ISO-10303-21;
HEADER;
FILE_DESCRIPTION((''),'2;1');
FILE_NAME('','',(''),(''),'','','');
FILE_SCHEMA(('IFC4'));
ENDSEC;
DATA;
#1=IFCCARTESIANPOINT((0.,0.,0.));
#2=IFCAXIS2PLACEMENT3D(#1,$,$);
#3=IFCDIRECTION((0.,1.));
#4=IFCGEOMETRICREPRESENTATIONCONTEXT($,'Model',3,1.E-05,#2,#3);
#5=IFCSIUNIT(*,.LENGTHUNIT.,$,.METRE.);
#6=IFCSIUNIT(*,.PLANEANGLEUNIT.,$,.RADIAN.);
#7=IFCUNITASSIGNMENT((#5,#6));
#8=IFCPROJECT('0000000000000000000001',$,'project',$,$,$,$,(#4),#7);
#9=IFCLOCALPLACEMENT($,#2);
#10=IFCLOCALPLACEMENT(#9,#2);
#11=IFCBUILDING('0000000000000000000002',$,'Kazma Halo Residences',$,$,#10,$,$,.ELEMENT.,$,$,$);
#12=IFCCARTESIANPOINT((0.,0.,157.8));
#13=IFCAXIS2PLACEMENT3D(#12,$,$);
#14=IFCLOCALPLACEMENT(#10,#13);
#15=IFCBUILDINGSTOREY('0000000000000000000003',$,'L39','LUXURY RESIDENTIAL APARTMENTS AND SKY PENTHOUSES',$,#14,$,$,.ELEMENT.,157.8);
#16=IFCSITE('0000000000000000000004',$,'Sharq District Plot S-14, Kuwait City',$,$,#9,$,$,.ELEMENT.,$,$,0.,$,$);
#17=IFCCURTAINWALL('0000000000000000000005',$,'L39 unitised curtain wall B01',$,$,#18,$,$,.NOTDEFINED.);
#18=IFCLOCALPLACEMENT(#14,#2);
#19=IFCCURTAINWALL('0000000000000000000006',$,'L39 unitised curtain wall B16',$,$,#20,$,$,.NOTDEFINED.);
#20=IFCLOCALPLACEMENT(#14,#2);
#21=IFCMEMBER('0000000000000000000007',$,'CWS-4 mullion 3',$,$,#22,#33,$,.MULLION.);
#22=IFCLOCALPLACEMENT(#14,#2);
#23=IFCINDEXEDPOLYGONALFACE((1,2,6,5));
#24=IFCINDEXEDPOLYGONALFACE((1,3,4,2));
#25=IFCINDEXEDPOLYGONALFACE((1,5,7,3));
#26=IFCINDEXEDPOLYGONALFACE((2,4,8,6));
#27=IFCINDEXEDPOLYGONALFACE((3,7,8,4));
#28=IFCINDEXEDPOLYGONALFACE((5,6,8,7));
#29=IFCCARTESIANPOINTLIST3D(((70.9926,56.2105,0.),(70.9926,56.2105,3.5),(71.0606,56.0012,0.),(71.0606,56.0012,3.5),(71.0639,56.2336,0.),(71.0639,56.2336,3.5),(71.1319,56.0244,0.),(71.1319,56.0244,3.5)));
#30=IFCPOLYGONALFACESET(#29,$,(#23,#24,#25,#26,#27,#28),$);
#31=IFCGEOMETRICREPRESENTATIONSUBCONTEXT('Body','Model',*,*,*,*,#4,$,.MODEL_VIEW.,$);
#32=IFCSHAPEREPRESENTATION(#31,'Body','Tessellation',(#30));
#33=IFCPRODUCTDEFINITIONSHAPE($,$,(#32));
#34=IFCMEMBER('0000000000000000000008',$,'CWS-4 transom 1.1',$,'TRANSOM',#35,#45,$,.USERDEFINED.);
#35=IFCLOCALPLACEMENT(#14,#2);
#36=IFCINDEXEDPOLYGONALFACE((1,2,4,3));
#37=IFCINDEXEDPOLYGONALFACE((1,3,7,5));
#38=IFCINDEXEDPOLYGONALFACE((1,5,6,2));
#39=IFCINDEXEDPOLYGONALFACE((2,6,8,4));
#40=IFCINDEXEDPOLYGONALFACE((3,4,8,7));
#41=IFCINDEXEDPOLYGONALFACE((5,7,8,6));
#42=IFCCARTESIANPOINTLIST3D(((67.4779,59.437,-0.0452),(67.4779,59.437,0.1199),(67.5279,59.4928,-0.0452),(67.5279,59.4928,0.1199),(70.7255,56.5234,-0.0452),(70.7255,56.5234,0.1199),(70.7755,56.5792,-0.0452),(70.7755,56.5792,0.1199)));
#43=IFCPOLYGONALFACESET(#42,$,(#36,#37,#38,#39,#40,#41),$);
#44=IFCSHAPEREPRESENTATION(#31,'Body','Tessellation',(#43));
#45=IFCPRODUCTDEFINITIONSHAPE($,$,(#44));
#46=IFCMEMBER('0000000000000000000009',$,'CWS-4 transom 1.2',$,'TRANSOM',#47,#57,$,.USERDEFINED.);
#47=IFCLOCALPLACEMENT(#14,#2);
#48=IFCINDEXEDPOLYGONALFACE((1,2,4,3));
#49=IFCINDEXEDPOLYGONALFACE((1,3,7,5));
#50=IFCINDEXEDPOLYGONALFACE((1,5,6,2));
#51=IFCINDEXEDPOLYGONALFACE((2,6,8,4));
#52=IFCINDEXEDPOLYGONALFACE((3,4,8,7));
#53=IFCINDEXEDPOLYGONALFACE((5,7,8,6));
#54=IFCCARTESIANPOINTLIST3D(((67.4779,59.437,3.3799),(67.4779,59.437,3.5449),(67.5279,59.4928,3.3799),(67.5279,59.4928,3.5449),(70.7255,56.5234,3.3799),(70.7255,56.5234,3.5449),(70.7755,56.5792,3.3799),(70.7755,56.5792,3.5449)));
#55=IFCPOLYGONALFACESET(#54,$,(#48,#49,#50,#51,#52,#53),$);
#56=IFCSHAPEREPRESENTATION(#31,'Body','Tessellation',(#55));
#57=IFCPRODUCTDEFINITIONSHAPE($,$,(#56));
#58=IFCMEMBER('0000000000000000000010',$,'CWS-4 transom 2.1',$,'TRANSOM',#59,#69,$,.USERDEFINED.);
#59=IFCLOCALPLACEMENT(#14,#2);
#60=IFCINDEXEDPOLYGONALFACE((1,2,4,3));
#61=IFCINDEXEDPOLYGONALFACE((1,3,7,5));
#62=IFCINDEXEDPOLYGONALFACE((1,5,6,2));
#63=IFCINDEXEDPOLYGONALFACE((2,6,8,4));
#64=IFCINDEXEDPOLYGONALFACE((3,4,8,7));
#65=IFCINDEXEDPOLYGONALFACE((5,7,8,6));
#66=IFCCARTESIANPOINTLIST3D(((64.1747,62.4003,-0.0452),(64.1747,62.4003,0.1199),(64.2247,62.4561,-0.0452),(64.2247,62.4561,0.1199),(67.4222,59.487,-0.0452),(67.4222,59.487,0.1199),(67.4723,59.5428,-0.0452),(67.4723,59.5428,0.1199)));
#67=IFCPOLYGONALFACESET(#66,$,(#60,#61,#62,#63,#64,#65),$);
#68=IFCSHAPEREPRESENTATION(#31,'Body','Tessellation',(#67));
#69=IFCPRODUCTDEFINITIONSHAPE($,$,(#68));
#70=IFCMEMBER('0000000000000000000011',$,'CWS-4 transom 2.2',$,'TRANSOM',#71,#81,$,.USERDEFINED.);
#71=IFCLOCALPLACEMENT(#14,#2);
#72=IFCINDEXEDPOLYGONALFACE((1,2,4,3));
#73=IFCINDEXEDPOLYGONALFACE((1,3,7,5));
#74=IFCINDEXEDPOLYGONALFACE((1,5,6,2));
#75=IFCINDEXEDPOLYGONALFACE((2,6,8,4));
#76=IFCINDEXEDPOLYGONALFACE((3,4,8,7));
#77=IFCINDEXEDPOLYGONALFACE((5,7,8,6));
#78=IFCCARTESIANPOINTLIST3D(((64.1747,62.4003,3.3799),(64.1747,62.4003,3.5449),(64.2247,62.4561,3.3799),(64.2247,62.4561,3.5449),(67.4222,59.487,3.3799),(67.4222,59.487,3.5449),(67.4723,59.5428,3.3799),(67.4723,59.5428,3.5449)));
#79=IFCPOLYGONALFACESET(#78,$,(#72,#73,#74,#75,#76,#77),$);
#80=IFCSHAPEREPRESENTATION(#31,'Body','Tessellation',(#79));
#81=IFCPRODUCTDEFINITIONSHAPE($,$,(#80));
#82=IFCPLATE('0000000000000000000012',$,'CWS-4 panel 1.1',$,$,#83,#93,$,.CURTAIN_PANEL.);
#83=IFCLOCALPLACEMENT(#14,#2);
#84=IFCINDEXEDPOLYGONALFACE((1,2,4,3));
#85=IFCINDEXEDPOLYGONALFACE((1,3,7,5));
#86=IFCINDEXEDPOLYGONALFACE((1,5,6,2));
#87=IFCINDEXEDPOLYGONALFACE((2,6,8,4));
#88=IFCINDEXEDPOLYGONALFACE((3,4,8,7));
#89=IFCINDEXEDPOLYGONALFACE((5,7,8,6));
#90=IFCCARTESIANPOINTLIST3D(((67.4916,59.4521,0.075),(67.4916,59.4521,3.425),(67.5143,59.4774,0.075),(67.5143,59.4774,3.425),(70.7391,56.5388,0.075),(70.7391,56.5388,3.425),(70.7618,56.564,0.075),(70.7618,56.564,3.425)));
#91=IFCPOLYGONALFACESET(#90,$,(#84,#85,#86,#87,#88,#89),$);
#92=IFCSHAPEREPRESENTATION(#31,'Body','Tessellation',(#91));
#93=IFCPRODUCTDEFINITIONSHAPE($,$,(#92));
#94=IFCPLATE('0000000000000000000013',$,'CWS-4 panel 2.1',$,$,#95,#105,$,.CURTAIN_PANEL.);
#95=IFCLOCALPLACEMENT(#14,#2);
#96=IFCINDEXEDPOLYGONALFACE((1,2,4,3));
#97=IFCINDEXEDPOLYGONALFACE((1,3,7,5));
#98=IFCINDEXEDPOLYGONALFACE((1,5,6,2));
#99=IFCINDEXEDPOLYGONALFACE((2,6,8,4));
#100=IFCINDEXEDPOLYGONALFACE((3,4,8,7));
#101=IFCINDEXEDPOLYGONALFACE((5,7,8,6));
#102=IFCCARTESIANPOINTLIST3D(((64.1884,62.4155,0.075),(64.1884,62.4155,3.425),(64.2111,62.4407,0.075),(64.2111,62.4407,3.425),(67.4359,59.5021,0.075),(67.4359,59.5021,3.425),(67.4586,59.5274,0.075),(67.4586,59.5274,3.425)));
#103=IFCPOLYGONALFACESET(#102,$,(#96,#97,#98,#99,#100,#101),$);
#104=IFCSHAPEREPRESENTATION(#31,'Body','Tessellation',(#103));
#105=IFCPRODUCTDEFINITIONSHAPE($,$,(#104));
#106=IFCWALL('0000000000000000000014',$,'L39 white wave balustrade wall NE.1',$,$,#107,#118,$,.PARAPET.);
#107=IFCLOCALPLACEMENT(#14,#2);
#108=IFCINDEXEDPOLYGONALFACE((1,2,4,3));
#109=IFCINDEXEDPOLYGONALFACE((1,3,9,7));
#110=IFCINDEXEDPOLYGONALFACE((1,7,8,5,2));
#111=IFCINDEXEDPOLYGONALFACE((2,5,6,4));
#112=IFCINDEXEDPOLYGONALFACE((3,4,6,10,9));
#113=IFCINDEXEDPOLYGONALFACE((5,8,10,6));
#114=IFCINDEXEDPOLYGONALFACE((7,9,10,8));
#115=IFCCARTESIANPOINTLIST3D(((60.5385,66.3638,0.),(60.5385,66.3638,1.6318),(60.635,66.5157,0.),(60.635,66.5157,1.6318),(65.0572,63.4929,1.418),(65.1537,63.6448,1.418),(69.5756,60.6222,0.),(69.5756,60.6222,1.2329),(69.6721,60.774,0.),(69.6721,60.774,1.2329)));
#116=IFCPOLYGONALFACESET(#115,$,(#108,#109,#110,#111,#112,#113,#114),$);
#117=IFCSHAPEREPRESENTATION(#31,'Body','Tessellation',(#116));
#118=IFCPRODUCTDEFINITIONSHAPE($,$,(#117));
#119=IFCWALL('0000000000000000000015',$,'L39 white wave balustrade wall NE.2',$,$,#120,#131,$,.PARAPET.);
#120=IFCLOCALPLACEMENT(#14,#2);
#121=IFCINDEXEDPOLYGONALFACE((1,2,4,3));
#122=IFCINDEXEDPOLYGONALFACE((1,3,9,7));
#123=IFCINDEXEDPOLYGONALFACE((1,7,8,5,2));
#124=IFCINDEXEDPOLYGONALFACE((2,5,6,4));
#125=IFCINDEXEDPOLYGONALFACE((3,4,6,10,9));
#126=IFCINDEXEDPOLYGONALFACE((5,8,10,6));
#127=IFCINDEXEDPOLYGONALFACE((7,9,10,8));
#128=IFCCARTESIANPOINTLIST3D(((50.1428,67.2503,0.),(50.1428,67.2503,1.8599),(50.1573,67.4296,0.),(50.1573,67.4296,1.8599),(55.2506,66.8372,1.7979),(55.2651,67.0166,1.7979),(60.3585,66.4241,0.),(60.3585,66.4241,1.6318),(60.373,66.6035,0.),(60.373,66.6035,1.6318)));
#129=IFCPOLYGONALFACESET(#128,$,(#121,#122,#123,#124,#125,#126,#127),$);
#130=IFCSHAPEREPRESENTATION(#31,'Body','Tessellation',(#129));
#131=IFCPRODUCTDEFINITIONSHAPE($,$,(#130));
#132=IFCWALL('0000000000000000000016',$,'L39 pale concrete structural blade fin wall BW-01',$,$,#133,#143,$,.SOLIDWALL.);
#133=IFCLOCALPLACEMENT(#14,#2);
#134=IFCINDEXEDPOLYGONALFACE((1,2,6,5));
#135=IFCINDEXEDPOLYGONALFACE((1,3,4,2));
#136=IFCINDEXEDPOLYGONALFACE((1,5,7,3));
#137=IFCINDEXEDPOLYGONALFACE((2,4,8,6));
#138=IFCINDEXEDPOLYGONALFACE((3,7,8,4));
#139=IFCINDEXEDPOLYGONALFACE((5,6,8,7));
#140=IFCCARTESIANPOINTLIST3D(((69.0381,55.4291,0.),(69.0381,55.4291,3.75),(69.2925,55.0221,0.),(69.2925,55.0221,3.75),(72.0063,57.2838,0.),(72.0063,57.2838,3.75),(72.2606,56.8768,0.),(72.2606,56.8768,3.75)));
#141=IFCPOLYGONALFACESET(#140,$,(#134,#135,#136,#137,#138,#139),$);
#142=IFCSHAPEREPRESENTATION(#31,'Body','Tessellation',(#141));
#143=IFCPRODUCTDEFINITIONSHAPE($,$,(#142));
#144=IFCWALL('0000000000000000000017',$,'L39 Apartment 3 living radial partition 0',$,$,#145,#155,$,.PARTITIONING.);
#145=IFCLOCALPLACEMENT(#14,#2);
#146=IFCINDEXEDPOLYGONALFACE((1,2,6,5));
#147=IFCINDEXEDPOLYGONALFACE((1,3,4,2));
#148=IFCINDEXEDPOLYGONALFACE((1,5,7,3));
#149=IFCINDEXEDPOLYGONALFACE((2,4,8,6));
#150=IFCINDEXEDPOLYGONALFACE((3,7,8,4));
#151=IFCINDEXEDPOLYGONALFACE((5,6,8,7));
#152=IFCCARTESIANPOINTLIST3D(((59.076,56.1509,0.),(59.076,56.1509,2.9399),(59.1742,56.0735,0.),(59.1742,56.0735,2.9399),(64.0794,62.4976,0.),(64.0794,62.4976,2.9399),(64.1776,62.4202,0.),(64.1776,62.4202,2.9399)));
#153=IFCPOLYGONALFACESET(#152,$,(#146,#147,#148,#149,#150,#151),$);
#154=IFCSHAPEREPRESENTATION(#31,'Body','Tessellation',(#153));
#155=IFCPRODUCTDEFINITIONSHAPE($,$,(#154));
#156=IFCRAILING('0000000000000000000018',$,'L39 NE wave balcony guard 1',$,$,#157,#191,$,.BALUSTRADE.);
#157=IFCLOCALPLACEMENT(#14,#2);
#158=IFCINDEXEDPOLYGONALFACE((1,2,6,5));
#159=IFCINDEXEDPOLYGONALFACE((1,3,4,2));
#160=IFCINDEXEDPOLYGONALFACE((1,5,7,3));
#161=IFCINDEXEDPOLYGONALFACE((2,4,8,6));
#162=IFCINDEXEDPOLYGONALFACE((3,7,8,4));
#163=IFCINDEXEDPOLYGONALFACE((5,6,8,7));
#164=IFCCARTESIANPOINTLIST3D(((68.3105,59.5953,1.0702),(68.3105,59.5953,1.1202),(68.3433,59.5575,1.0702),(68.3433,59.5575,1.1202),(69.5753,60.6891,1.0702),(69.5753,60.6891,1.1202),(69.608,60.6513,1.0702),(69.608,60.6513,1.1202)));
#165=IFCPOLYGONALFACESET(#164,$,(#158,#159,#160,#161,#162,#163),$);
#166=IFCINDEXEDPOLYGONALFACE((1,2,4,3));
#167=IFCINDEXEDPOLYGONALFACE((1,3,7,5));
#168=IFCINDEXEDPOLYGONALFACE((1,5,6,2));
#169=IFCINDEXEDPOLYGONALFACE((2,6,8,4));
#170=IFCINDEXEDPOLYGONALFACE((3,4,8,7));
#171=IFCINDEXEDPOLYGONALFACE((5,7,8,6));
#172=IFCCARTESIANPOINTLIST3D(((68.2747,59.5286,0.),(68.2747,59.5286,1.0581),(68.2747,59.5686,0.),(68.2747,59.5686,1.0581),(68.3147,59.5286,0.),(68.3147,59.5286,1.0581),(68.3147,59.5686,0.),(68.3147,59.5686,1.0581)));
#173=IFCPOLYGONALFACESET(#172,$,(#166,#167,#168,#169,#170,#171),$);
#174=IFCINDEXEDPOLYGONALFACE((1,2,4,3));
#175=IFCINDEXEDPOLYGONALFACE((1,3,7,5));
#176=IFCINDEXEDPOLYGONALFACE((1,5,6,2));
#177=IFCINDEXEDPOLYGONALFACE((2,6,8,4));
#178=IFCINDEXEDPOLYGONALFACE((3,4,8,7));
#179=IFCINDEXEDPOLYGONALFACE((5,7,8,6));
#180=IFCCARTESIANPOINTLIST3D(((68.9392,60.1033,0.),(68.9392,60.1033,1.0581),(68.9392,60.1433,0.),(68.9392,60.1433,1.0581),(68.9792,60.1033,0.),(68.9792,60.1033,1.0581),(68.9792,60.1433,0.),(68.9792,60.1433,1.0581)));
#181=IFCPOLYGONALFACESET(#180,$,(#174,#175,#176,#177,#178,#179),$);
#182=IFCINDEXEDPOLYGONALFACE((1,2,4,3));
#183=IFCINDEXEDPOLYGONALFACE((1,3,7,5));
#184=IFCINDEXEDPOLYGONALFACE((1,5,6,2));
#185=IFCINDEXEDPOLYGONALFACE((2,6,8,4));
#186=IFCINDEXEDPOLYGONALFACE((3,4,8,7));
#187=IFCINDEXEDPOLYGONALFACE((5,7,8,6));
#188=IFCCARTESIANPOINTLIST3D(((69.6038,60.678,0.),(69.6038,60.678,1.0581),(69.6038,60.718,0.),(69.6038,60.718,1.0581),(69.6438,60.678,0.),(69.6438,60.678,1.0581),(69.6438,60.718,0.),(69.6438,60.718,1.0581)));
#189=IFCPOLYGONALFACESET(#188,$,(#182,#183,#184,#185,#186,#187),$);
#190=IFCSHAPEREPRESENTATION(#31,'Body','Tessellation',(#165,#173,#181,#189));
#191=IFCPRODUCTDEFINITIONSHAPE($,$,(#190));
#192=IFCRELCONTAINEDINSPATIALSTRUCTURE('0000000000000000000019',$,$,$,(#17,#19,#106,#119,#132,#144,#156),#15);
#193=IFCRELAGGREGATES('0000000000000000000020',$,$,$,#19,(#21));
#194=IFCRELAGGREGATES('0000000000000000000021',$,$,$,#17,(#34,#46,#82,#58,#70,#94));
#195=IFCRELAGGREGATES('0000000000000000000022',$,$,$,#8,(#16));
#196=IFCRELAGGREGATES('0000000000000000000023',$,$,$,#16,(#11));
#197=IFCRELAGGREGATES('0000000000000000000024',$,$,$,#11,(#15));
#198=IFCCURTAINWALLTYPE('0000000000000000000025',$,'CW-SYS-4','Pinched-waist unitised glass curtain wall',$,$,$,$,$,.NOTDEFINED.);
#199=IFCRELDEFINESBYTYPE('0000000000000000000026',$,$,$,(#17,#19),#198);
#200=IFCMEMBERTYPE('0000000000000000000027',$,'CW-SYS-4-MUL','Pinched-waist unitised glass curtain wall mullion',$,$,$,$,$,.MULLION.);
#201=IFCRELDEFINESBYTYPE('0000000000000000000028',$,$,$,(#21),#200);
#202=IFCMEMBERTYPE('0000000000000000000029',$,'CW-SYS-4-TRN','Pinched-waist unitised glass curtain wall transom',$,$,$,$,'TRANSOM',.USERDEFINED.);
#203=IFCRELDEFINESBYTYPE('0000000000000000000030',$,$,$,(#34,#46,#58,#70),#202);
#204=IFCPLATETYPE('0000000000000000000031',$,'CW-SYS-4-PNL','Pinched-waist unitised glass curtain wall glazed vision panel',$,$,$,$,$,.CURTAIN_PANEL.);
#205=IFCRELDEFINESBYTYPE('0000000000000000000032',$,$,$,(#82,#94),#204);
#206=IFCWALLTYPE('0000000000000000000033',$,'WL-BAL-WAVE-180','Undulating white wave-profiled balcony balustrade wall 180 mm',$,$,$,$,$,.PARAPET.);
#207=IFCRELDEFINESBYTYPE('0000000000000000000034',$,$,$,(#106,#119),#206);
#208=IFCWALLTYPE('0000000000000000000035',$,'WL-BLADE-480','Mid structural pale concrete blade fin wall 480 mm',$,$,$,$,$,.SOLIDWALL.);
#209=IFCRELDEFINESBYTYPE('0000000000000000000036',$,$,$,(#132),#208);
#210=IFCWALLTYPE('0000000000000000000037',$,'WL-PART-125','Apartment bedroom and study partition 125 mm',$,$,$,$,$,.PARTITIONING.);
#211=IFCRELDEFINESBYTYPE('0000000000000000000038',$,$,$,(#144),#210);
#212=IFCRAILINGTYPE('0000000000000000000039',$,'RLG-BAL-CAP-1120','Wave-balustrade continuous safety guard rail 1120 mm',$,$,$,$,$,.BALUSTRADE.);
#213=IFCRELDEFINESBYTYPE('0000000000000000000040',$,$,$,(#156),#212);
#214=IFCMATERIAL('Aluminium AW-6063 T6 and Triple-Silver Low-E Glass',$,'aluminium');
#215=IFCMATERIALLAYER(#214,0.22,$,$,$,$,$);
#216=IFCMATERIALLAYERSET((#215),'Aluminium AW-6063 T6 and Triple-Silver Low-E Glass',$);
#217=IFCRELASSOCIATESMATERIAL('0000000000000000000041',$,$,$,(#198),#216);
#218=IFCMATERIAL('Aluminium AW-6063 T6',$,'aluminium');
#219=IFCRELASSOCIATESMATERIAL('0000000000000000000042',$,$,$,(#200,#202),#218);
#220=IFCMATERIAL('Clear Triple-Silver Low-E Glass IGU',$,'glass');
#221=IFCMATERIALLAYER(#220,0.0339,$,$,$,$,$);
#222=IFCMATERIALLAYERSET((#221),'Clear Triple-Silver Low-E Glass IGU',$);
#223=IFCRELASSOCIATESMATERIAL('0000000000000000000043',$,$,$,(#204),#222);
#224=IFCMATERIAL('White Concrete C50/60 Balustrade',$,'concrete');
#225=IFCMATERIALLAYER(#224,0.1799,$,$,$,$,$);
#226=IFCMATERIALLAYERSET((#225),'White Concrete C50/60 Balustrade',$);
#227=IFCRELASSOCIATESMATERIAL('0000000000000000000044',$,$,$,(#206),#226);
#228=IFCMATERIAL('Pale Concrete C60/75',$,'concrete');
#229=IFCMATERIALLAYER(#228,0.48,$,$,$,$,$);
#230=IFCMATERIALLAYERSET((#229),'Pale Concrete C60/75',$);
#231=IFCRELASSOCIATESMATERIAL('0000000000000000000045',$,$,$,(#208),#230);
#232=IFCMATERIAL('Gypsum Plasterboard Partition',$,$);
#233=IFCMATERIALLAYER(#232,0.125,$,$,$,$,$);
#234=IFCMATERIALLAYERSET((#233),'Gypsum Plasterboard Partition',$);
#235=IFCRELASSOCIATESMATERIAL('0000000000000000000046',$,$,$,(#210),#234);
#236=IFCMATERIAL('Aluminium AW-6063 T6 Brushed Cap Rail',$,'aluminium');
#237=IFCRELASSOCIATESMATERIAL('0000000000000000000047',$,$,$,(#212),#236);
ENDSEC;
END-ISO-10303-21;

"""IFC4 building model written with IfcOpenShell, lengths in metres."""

from ifc_helpers import new_model, si_unit, direction, frame, frame_2d, origin, origin_2d, place, context, subcontext, project, spatial, polyline, rectangle, outline, extrude, material, layer, layer_set, material_profile, profile_set, type_object, element, aggregate, save


model = new_model("IFC4")

# Units and contexts
model_context = context("Model", 3, precision=1e-05, world=origin(), true_north=direction((0.0, 1.0)))
body_context = subcontext(model_context, "Body", "Model", "MODEL_VIEW")
ifc_project = project(units=[si_unit("LENGTHUNIT", "METRE"), si_unit("PLANEANGLEUNIT", "RADIAN")], contexts=[model_context])

# Site, building, storey
site_placement = place(None, origin())
site = spatial("IfcSite", under=ifc_project, at=site_placement, Name="Sharq District Plot S-14, Kuwait City", CompositionType="ELEMENT", RefElevation=0.0)
building_placement = place(site_placement, origin())
building = spatial("IfcBuilding", under=site, at=building_placement, Name="Kazma Halo Residences", CompositionType="ELEMENT")
storey_placement = place(building_placement, frame((0.0, 0.0, 157.8)))
storey = spatial("IfcBuildingStorey", under=building, at=storey_placement, Name="L39", Description="LUXURY RESIDENTIAL APARTMENTS AND SKY PENTHOUSES", CompositionType="ELEMENT", Elevation=157.8)

# Curtain wall
ifc_material_1 = material(Name="Aluminium AW-6063 T6 and Triple-Silver Low-E Glass", Category="aluminium")
ifc_layer_1 = layer(ifc_material_1, 0.22)
ifc_layer_set_1 = layer_set([ifc_layer_1], Name="Aluminium AW-6063 T6 and Triple-Silver Low-E Glass")
curtain_wall_type = type_object("IfcCurtainWallType", Name="CW-SYS-4", Description="Pinched-waist unitised glass curtain wall", PredefinedType="NOTDEFINED", material=ifc_layer_set_1)
curtain_wall_1_placement = place(storey_placement, origin())
curtain_wall_1 = element("IfcCurtainWall", 1, at=curtain_wall_1_placement, inside=storey, type_object=curtain_wall_type, Name="L39 unitised curtain wall B01", PredefinedType="NOTDEFINED")
ifc_material_2 = material(Name="Aluminium AW-6063 T6", Category="aluminium")
ifc_material_profile_1 = material_profile(ifc_material_2, rectangle(XDim=0.075, YDim=0.22, at=origin_2d()), Name="CWM-75x220")
ifc_profile_set_1 = profile_set([ifc_material_profile_1], Name="Aluminium AW-6063 T6")
member_type_1 = type_object("IfcMemberType", Name="CW-SYS-4-MUL", Description="Pinched-waist unitised glass curtain wall mullion", PredefinedType="MULLION", material=ifc_profile_set_1)

# Curtain wall, member
curtain_wall_2_placement = place(storey_placement, origin())
curtain_wall_2 = element("IfcCurtainWall", 2, at=curtain_wall_2_placement, inside=storey, type_object=curtain_wall_type, Name="L39 unitised curtain wall B16", PredefinedType="NOTDEFINED")
member_1_placement = place(storey_placement, frame((71.0623, 56.1174, 0.0), z_axis=(0.0, 0.0, 1.0), x_axis=(-0.951058, -0.309014, 0.0)))
member_1 = element("IfcMember", 3, at=member_1_placement, type_object=member_type_1, Name="CWS-4 mullion 3", PredefinedType="MULLION", context=body_context, shape_type="SweptSolid", body=[
    extrude(rectangle(XDim=0.075, YDim=0.22, at=origin_2d()), origin(), (0.0, 0.0, 1.0), 3.5),
])
aggregate(curtain_wall_2, [member_1])

# Members
ifc_material_profile_2 = material_profile(ifc_material_2, rectangle(XDim=0.075, YDim=0.165, at=origin_2d()), Name="CWT-75x165")
ifc_profile_set_2 = profile_set([ifc_material_profile_2], Name="Aluminium AW-6063 T6")
member_type_2 = type_object("IfcMemberType", Name="CW-SYS-4-TRN", Description="Pinched-waist unitised glass curtain wall transom", ElementType="TRANSOM", PredefinedType="USERDEFINED", material=ifc_profile_set_2)
member_2_placement = place(storey_placement, frame((70.7505, 56.5513, 0.0374), z_axis=(-0.744345, 0.667795, 0.0), x_axis=(-0.667795, -0.744345, 0.0)))
member_2 = element("IfcMember", 4, at=member_2_placement, type_object=member_type_2, Name="CWS-4 transom 1.1", ObjectType="TRANSOM", PredefinedType="USERDEFINED", context=body_context, shape_type="SweptSolid", body=[
    extrude(rectangle(XDim=0.075, YDim=0.165, at=origin_2d()), origin(), (0.0, 0.0, 1.0), 4.363),
])
member_3_placement = place(storey_placement, frame((70.7505, 56.5513, 3.4624), z_axis=(-0.744345, 0.667795, 0.0), x_axis=(-0.667795, -0.744345, 0.0)))
member_3 = element("IfcMember", 5, at=member_3_placement, type_object=member_type_2, Name="CWS-4 transom 1.2", ObjectType="TRANSOM", PredefinedType="USERDEFINED", context=body_context, shape_type="SweptSolid", body=[
    extrude(rectangle(XDim=0.075, YDim=0.165, at=origin_2d()), origin(), (0.0, 0.0, 1.0), 4.363),
])
member_4_placement = place(storey_placement, frame((67.4473, 59.5149, 0.0374), z_axis=(-0.744373, 0.667764, 0.0), x_axis=(-0.667764, -0.744373, 0.0)))
member_4 = element("IfcMember", 6, at=member_4_placement, type_object=member_type_2, Name="CWS-4 transom 2.1", ObjectType="TRANSOM", PredefinedType="USERDEFINED", context=body_context, shape_type="SweptSolid", body=[
    extrude(rectangle(XDim=0.075, YDim=0.165, at=origin_2d()), origin(), (0.0, 0.0, 1.0), 4.3628),
])
member_5_placement = place(storey_placement, frame((67.4473, 59.5149, 3.4624), z_axis=(-0.744373, 0.667764, 0.0), x_axis=(-0.667764, -0.744373, 0.0)))
member_5 = element("IfcMember", 7, at=member_5_placement, type_object=member_type_2, Name="CWS-4 transom 2.2", ObjectType="TRANSOM", PredefinedType="USERDEFINED", context=body_context, shape_type="SweptSolid", body=[
    extrude(rectangle(XDim=0.075, YDim=0.165, at=origin_2d()), origin(), (0.0, 0.0, 1.0), 4.3628),
])

# Plates
ifc_material_3 = material(Name="Clear Triple-Silver Low-E Glass IGU", Category="glass")
ifc_layer_2 = layer(ifc_material_3, 0.0339)
ifc_layer_set_2 = layer_set([ifc_layer_2], Name="Clear Triple-Silver Low-E Glass IGU")
plate_type = type_object("IfcPlateType", Name="CW-SYS-4-PNL", Description="Pinched-waist unitised glass curtain wall glazed vision panel", PredefinedType="CURTAIN_PANEL", material=ifc_layer_set_2)
plate_1_placement = place(storey_placement, frame((69.1267, 58.0081, 0.075), z_axis=(0.0, 0.0, 1.0), x_axis=(-0.744368, 0.66777, 0.0)))
plate_1 = element("IfcPlate", 8, at=plate_1_placement, type_object=plate_type, Name="CWS-4 panel 1.1", PredefinedType="CURTAIN_PANEL", context=body_context, shape_type="SweptSolid", body=[
    extrude(rectangle(XDim=4.3628, YDim=0.0339, at=origin_2d()), origin(), (0.0, 0.0, 1.0), 3.3501),
])
plate_2_placement = place(storey_placement, frame((65.8235, 60.9714, 0.075), z_axis=(0.0, 0.0, 1.0), x_axis=(-0.744368, 0.66777, 0.0)))
plate_2 = element("IfcPlate", 9, at=plate_2_placement, type_object=plate_type, Name="CWS-4 panel 2.1", PredefinedType="CURTAIN_PANEL", context=body_context, shape_type="SweptSolid", body=[
    extrude(rectangle(XDim=4.3628, YDim=0.0339, at=origin_2d()), origin(), (0.0, 0.0, 1.0), 3.3501),
])
aggregate(curtain_wall_1, [member_2, member_3, plate_1, member_4, member_5, plate_2])

# Walls
ifc_material_4 = material(Name="White Concrete C50/60 Balustrade", Category="concrete")
ifc_layer_3 = layer(ifc_material_4, 0.1799)
ifc_layer_set_3 = layer_set([ifc_layer_3], Name="White Concrete C50/60 Balustrade")
wall_type_1 = type_object("IfcWallType", Name="WL-BAL-WAVE-180", Description="Undulating white wave-profiled balcony balustrade wall 180 mm", PredefinedType="PARAPET", material=ifc_layer_set_3)
wall_1_placement = place(storey_placement, frame((69.6238, 60.698, 0.0), z_axis=(0.0, 0.0, 1.0), x_axis=(-0.84405, 0.536265, 0.0)))
element("IfcWall", 10, at=wall_1_placement, inside=storey, type_object=wall_type_1, Name="L39 white wave balustrade wall NE.1", PredefinedType="PARAPET", context=body_context, shape_type="SweptSolid", body=[
    extrude(outline(polyline([(0.0, 0.0), (10.7068, 0.0), (10.7068, 1.6318), (5.3533, 1.418), (0.0, 1.2329), (0.0, 0.0)])), frame((0.0, 0.0898, 0.0), z_axis=(0.0, -1.0, 0.0), x_axis=(1.0, 0.0, 0.0)), (0.0, 0.0, 1.0), 0.1799),
])
wall_2_placement = place(storey_placement, frame((60.3657, 66.5137, 0.0), z_axis=(0.0, 0.0, 1.0), x_axis=(-0.996746, 0.080611, 0.0)))
element("IfcWall", 11, at=wall_2_placement, inside=storey, type_object=wall_type_1, Name="L39 white wave balustrade wall NE.2", PredefinedType="PARAPET", context=body_context, shape_type="SweptSolid", body=[
    extrude(outline(polyline([(0.0, 0.0), (10.249, 0.0), (10.249, 1.8599), (5.1245, 1.7979), (0.0, 1.6318), (0.0, 0.0)])), frame((0.0, 0.0898, 0.0), z_axis=(0.0, -1.0, 0.0), x_axis=(1.0, 0.0, 0.0)), (0.0, 0.0, 1.0), 0.1799),
])
ifc_material_5 = material(Name="Pale Concrete C60/75", Category="concrete")
ifc_layer_4 = layer(ifc_material_5, 0.48)
ifc_layer_set_4 = layer_set([ifc_layer_4], Name="Pale Concrete C60/75")
wall_type_2 = type_object("IfcWallType", Name="WL-BLADE-480", Description="Mid structural pale concrete blade fin wall 480 mm", PredefinedType="SOLIDWALL", material=ifc_layer_set_4)
wall_3_placement = place(storey_placement, frame((69.1653, 55.2256, 0.0), z_axis=(0.0, 0.0, 1.0), x_axis=(0.848053, 0.529911, 0.0)))
element("IfcWall", 12, at=wall_3_placement, inside=storey, type_object=wall_type_2, Name="L39 pale concrete structural blade fin wall BW-01", PredefinedType="SOLIDWALL", context=body_context, shape_type="SweptSolid", body=[
    extrude(rectangle(XDim=3.5, YDim=0.48, at=frame_2d((1.75, 0.0))), origin(), (0.0, 0.0, 1.0), 3.75),
])

# Wall
ifc_material_6 = material(Name="Gypsum Plasterboard Partition")
ifc_layer_5 = layer(ifc_material_6, 0.125)
ifc_layer_set_5 = layer_set([ifc_layer_5], Name="Gypsum Plasterboard Partition")
wall_type_3 = type_object("IfcWallType", Name="WL-PART-125", Description="Apartment bedroom and study partition 125 mm", PredefinedType="PARTITIONING", material=ifc_layer_set_5)
wall_4_placement = place(storey_placement, frame((59.125, 56.1121, 0.0), z_axis=(0.0, 0.0, 1.0), x_axis=(0.619102, 0.785311, 0.0)))
element("IfcWall", 13, at=wall_4_placement, inside=storey, type_object=wall_type_3, Name="L39 Apartment 3 living radial partition 0", PredefinedType="PARTITIONING", context=body_context, shape_type="SweptSolid", body=[
    extrude(rectangle(XDim=8.0818, YDim=0.125, at=frame_2d((4.041, 0.0))), origin(), (0.0, 0.0, 1.0), 2.9399),
])

# Railing
ifc_material_7 = material(Name="Aluminium AW-6063 T6 Brushed Cap Rail", Category="aluminium")
railing_type = type_object("IfcRailingType", Name="RLG-BAL-CAP-1120", Description="Wave-balustrade continuous safety guard rail 1120 mm", PredefinedType="BALUSTRADE", material=ifc_material_7)
railing_1_placement = place(storey_placement, frame((68.2947, 59.5486, 0.0)))
element("IfcRailing", 14, at=railing_1_placement, inside=storey, type_object=railing_type, Name="L39 NE wave balcony guard 1", PredefinedType="BALUSTRADE", context=body_context, shape_type="SweptSolid", body=[
    extrude(rectangle(XDim=0.05, YDim=0.05, at=origin_2d()), frame((0.0322, 0.0278, 1.0952), z_axis=(0.756385, 0.654126, 0.0), x_axis=(-0.654126, 0.756385, 0.0)), (0.0, 0.0, 1.0), 1.6721),
    extrude(rectangle(XDim=0.04, YDim=0.04, at=origin_2d()), origin(), (0.0, 0.0, 1.0), 1.0581),
    extrude(rectangle(XDim=0.04, YDim=0.04, at=origin_2d()), frame((0.6646, 0.5747, 0.0)), (0.0, 0.0, 1.0), 1.0581),
    extrude(rectangle(XDim=0.04, YDim=0.04, at=origin_2d()), frame((1.3291, 1.1494, 0.0)), (0.0, 0.0, 1.0), 1.0581),
])

save(model, "model.ifc")
